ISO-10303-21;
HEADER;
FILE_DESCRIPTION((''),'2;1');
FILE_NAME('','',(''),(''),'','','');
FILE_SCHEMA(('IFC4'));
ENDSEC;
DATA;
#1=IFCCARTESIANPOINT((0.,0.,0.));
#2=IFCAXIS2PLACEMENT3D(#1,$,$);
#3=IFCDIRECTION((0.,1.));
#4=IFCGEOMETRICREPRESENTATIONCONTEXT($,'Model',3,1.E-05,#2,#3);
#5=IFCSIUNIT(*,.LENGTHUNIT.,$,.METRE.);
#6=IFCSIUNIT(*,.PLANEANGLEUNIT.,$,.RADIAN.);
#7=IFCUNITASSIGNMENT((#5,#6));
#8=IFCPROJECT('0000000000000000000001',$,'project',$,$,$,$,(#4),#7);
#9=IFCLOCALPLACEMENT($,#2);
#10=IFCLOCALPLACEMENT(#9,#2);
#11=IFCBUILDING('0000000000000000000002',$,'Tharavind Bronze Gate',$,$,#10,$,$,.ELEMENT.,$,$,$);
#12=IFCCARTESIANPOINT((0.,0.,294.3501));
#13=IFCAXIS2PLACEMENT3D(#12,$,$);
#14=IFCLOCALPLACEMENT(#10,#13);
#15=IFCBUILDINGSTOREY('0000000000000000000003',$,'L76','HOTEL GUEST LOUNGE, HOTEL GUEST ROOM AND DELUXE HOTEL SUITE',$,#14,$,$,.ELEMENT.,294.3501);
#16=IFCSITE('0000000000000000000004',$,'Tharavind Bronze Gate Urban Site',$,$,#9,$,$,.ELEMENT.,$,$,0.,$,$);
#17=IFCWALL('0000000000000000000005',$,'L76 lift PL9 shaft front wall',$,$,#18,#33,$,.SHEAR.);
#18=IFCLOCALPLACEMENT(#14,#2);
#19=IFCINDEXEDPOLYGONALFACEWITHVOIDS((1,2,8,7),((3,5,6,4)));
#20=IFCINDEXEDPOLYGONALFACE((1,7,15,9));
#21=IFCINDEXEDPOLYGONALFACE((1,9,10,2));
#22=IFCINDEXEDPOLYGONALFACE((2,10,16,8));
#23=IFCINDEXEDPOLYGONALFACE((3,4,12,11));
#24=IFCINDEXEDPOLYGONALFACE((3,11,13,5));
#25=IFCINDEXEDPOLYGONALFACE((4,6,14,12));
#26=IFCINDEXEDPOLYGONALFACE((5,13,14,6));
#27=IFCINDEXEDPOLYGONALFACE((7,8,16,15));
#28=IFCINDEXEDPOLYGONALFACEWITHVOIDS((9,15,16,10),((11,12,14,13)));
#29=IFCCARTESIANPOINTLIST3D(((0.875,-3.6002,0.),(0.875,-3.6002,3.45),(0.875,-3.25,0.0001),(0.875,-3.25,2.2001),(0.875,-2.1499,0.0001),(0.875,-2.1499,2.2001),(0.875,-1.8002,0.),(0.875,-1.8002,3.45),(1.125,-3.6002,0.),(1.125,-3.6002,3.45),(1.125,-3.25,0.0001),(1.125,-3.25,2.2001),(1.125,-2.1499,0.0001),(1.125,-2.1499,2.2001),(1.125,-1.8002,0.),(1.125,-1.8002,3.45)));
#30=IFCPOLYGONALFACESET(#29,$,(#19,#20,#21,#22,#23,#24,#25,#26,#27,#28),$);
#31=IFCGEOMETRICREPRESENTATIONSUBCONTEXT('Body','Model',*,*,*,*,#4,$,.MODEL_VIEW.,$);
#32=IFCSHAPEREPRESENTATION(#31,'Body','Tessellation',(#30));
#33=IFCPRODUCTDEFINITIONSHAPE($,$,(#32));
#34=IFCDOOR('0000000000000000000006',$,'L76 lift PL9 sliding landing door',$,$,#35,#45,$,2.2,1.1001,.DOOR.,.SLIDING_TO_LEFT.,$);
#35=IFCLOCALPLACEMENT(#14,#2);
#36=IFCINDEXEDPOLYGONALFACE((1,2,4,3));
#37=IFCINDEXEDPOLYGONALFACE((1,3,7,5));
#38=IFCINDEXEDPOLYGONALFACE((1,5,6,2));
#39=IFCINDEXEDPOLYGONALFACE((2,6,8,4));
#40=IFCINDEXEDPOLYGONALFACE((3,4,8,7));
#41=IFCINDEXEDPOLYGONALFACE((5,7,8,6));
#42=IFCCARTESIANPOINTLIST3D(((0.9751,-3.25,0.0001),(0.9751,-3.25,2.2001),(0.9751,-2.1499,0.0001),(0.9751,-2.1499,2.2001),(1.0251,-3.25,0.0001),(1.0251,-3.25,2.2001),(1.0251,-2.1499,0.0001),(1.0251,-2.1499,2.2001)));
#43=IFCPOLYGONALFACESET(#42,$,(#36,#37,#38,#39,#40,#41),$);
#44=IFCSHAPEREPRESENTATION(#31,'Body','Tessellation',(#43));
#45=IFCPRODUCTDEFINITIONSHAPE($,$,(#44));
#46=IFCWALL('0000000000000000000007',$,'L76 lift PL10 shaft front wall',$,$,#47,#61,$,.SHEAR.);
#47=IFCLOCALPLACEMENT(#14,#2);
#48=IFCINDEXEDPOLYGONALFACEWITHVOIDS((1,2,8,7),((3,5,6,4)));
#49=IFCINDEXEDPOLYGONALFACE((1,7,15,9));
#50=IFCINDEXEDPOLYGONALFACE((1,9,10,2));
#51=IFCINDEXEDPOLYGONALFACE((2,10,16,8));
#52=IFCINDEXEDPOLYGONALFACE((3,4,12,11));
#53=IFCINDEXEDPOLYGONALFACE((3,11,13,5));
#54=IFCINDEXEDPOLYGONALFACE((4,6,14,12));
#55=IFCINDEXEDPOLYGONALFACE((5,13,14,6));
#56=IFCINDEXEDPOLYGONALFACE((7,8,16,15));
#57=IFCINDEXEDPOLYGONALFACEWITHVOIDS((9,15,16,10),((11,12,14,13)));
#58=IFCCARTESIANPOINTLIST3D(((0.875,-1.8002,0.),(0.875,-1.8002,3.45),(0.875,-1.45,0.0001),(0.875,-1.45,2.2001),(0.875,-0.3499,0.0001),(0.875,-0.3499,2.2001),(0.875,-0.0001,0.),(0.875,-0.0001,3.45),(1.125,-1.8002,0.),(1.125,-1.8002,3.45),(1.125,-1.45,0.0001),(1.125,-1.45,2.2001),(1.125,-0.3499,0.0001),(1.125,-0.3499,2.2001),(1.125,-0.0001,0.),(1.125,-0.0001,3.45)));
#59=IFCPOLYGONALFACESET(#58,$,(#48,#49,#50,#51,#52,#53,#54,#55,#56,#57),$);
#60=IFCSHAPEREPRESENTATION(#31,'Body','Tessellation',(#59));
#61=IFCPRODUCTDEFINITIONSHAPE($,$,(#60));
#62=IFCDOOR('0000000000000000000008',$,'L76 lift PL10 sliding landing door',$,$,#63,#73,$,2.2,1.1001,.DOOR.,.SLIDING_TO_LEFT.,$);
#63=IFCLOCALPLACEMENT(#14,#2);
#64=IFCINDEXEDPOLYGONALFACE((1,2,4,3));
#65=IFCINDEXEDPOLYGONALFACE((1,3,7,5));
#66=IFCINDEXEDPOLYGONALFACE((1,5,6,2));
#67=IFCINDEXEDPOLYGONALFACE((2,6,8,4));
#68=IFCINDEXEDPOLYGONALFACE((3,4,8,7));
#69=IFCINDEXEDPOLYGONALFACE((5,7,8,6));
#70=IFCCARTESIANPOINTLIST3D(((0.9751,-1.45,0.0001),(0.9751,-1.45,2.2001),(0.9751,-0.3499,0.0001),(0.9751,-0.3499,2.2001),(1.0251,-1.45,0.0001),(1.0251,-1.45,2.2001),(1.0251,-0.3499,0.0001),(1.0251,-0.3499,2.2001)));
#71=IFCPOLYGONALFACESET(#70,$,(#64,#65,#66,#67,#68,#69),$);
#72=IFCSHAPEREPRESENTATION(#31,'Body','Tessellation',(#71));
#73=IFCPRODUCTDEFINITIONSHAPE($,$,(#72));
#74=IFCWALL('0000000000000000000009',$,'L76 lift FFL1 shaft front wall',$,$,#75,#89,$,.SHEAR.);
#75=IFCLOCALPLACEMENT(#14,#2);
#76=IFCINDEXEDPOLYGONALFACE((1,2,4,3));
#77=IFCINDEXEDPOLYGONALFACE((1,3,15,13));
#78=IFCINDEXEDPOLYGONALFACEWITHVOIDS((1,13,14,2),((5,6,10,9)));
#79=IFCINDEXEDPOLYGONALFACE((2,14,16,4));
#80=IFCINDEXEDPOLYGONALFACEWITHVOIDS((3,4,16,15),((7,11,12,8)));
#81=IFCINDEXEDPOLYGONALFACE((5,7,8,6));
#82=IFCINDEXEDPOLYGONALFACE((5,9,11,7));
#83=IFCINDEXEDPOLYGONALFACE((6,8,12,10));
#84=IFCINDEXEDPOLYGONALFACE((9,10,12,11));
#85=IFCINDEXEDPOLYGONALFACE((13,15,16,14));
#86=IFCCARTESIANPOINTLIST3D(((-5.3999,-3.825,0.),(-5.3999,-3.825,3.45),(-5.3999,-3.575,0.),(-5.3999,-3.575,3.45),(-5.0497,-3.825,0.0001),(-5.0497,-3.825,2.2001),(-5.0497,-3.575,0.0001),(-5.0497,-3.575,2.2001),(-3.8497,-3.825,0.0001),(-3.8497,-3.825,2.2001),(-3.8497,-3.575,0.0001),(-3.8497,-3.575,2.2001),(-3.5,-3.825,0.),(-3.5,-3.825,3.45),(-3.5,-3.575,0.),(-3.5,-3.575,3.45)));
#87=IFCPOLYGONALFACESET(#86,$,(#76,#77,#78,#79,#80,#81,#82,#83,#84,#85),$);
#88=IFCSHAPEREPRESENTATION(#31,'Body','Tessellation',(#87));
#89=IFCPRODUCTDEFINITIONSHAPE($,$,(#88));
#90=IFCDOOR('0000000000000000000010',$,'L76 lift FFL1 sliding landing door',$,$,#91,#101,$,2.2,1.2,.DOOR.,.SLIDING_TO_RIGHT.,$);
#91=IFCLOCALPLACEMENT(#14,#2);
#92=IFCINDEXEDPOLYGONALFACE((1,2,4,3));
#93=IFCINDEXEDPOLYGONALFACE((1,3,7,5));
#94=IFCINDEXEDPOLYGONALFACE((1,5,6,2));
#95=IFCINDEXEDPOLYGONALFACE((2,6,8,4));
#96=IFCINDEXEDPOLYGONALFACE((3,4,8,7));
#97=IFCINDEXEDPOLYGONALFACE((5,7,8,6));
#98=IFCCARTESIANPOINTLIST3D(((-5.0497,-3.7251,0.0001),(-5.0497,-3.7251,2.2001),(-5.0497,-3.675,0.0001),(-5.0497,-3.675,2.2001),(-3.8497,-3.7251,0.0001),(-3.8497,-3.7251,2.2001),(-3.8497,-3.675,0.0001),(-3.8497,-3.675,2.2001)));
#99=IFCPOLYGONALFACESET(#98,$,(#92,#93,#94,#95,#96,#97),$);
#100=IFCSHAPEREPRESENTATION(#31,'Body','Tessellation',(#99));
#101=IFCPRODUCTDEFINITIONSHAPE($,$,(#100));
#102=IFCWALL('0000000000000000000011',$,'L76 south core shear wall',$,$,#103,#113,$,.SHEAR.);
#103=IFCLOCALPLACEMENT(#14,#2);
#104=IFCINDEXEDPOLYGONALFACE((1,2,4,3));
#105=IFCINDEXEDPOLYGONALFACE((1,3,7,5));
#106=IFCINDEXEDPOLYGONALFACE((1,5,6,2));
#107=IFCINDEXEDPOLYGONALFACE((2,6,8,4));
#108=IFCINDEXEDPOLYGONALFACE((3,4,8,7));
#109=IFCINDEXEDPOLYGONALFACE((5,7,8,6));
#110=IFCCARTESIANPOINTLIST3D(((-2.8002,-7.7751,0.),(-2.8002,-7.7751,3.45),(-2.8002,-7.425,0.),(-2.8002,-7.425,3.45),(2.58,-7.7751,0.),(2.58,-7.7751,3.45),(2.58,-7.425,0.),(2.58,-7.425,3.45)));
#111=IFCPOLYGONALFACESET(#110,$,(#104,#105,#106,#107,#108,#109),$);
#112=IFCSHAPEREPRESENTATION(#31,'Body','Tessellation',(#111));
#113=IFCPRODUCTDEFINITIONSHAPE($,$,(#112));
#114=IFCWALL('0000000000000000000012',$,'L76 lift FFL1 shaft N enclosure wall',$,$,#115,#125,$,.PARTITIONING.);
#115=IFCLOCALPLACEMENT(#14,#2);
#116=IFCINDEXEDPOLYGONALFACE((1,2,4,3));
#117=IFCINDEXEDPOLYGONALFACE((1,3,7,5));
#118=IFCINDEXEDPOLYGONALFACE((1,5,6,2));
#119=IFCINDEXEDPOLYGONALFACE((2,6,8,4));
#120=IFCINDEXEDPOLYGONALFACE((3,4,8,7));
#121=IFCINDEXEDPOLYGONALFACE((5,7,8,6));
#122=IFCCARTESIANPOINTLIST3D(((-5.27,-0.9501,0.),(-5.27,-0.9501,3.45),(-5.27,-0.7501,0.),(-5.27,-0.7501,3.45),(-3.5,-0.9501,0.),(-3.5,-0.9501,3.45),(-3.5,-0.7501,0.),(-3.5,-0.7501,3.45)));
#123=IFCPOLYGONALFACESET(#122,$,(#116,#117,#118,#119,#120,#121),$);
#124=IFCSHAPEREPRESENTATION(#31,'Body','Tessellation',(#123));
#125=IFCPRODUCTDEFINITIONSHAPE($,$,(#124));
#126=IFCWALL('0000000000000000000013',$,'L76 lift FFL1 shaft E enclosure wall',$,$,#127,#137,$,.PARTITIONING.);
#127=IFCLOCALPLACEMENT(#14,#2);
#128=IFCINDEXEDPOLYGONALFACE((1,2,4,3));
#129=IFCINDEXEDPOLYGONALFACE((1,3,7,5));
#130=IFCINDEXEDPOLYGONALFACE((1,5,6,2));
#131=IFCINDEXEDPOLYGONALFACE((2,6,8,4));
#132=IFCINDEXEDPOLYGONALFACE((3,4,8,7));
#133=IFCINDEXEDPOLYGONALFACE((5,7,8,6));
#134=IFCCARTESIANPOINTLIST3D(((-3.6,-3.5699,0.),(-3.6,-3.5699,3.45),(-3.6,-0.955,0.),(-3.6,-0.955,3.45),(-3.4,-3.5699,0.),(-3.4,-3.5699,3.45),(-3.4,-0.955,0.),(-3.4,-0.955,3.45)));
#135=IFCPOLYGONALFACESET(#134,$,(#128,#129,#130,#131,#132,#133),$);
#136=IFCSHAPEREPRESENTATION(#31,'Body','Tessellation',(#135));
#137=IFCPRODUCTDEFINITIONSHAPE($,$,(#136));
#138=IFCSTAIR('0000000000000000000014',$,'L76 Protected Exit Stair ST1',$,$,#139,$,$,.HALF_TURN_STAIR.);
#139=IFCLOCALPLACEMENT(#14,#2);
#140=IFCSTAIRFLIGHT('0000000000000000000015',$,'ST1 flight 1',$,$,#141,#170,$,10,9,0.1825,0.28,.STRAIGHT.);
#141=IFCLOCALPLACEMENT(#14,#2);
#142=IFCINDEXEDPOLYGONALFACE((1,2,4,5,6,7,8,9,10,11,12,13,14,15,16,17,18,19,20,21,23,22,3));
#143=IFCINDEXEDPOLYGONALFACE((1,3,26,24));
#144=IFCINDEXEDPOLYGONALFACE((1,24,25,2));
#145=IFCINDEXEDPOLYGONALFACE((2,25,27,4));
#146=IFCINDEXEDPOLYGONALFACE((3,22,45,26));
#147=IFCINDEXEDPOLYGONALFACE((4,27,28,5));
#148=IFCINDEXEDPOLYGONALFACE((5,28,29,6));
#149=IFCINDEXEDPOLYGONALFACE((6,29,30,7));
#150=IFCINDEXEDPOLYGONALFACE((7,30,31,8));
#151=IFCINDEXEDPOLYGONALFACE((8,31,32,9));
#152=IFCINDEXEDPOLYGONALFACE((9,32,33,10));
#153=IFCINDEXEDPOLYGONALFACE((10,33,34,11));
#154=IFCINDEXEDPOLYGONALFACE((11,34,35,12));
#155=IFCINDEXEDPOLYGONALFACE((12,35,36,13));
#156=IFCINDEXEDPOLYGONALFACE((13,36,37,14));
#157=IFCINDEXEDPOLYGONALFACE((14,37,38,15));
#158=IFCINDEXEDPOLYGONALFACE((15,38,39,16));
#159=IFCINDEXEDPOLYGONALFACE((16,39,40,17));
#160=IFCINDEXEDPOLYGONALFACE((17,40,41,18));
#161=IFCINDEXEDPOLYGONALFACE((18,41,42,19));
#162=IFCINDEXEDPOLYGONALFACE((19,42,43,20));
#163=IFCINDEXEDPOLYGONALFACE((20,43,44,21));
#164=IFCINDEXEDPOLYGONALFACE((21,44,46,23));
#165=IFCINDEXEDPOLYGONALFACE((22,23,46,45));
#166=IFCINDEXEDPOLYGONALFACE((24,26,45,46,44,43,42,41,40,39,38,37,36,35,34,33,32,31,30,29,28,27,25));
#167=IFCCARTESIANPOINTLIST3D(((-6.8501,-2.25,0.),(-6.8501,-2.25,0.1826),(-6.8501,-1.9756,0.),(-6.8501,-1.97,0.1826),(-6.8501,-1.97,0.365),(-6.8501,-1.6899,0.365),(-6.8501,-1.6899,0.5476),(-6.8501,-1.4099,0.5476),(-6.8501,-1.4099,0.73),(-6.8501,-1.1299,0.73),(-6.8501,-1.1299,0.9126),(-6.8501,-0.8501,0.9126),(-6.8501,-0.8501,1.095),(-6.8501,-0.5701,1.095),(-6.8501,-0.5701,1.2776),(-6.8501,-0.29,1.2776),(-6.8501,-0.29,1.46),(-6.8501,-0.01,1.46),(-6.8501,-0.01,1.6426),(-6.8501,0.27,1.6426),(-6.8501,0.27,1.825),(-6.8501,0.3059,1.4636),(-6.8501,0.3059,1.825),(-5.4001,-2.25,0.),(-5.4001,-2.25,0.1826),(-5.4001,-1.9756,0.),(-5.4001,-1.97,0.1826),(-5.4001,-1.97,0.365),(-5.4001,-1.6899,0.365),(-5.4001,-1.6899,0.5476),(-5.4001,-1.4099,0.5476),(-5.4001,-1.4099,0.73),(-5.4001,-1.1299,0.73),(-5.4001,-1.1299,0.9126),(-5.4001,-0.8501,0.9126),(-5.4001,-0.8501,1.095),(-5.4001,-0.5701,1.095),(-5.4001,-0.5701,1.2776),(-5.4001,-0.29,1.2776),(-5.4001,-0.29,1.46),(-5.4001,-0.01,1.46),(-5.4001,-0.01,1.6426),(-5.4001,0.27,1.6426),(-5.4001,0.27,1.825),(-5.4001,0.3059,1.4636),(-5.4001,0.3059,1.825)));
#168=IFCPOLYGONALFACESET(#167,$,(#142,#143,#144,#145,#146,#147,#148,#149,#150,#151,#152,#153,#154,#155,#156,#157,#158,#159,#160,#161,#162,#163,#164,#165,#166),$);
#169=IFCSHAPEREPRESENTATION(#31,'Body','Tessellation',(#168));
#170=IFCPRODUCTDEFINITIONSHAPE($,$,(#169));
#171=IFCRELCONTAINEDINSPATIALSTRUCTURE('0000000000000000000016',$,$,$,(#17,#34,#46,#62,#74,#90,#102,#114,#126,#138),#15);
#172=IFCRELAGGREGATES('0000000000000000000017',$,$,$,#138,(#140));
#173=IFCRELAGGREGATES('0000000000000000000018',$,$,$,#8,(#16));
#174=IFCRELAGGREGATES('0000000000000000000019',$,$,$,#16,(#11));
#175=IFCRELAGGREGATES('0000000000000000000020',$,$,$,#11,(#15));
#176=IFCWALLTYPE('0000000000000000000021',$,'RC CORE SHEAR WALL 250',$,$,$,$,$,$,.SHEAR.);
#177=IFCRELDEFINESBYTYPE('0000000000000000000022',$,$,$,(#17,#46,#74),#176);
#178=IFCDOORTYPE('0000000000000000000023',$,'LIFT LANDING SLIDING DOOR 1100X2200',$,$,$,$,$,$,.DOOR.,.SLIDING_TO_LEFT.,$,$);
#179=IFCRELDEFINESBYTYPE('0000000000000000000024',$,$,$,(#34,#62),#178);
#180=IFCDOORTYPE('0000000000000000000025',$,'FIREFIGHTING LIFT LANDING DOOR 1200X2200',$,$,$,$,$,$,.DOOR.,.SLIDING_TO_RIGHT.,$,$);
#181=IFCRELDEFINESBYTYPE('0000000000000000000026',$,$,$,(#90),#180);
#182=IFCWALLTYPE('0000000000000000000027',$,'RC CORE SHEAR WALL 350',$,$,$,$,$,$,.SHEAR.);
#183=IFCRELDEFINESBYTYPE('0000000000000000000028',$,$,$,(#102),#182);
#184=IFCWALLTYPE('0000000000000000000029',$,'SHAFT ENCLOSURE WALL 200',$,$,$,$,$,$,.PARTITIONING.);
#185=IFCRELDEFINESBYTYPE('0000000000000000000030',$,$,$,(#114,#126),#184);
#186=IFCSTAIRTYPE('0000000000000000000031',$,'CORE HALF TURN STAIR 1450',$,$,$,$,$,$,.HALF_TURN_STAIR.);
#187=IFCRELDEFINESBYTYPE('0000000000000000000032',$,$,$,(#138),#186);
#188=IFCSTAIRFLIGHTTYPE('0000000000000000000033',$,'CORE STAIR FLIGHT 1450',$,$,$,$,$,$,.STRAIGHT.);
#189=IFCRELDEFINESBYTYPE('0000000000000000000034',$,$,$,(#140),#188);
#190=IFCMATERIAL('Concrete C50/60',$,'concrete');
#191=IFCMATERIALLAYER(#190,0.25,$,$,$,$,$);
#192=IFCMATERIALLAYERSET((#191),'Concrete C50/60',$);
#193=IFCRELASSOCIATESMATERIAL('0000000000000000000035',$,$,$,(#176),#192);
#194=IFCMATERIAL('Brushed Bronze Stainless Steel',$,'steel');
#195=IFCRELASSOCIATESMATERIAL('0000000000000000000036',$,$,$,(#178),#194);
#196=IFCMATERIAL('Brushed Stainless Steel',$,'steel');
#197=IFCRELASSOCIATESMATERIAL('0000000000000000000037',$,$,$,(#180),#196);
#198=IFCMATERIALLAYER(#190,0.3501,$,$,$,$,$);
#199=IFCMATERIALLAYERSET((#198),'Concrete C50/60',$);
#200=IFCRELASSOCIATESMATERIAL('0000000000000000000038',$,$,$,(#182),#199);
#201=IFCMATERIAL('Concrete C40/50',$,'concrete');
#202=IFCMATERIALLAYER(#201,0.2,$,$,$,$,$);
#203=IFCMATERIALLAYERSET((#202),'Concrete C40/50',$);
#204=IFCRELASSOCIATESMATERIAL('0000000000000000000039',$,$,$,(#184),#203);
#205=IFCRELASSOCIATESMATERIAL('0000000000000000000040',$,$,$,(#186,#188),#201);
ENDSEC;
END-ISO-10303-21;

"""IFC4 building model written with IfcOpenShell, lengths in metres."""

from ifc_helpers import new_model, si_unit, direction, frame, frame_2d, origin, place, context, subcontext, project, spatial, polyline, rectangle, outline, extrude, material, layer, layer_set, type_object, element, fill, aggregate, save


model = new_model("IFC4")

# Units and contexts
model_context = context("Model", 3, precision=1e-05, world=origin(), true_north=direction((0.0, 1.0)))
body_context = subcontext(model_context, "Body", "Model", "MODEL_VIEW")
ifc_project = project(units=[si_unit("LENGTHUNIT", "METRE"), si_unit("PLANEANGLEUNIT", "RADIAN")], contexts=[model_context])

# Site, building, storey
site_placement = place(None, origin())
site = spatial("IfcSite", under=ifc_project, at=site_placement, Name="Tharavind Bronze Gate Urban Site", CompositionType="ELEMENT", RefElevation=0.0)
building_placement = place(site_placement, origin())
building = spatial("IfcBuilding", under=site, at=building_placement, Name="Tharavind Bronze Gate", CompositionType="ELEMENT")
storey_placement = place(building_placement, frame((0.0, 0.0, 294.3501)))
storey = spatial("IfcBuildingStorey", under=building, at=storey_placement, Name="L76", Description="HOTEL GUEST LOUNGE, HOTEL GUEST ROOM AND DELUXE HOTEL SUITE", CompositionType="ELEMENT", Elevation=294.3501)

# Shared definitions
ifc_material_1 = material(Name="Concrete C50/60", Category="concrete")

# Shared definitions
ifc_layer_1 = layer(ifc_material_1, 0.25)
ifc_layer_set_1 = layer_set([ifc_layer_1], Name="Concrete C50/60")
wall_type_1 = type_object("IfcWallType", Name="RC CORE SHEAR WALL 250", PredefinedType="SHEAR", material=ifc_layer_set_1)

# Walls, openings, doors
wall_1_placement = place(storey_placement, frame((1.0, -3.6001, 0.0), z_axis=(0.0, 0.0, 1.0), x_axis=(0.0, 1.0, 0.0)))
wall_1 = element("IfcWall", 1, at=wall_1_placement, inside=storey, type_object=wall_type_1, Name="L76 lift PL9 shaft front wall", PredefinedType="SHEAR", context=body_context, shape_type="SweptSolid", body=[
    extrude(rectangle(XDim=1.8, YDim=0.25, at=frame_2d((0.8999, 0.0))), origin(), (0.0, 0.0, 1.0), 3.45),
])
opening_1_placement = place(wall_1_placement, frame((0.3501, 0.0, 0.0)))
opening_1 = element("IfcOpeningElement", 2, at=opening_1_placement, cuts=wall_1, PredefinedType="OPENING", context=body_context, shape_type="SweptSolid", body=[
    extrude(rectangle(XDim=1.1001, YDim=2.2, at=frame_2d((0.55, 1.1001))), frame((0.0, 0.135, 0.0), z_axis=(0.0, -1.0, 0.0), x_axis=(1.0, 0.0, 0.0)), (0.0, 0.0, 1.0), 0.27),
])
ifc_material_2 = material(Name="Brushed Bronze Stainless Steel", Category="steel")
door_type_1 = type_object("IfcDoorType", Name="LIFT LANDING SLIDING DOOR 1100X2200", OperationType="SLIDING_TO_LEFT", PredefinedType="DOOR", material=ifc_material_2)
door_1_placement = place(opening_1_placement, origin())
door_1 = element("IfcDoor", 3, at=door_1_placement, inside=storey, type_object=door_type_1, Name="L76 lift PL9 sliding landing door", OperationType="SLIDING_TO_LEFT", OverallHeight=2.2, OverallWidth=1.1001, PredefinedType="DOOR", context=body_context, shape_type="SweptSolid", body=[
    extrude(rectangle(XDim=1.1001, YDim=2.2, at=frame_2d((0.55, 1.1001))), frame((0.0, 0.0249, 0.0), z_axis=(0.0, -1.0, 0.0), x_axis=(1.0, 0.0, 0.0)), (0.0, 0.0, 1.0), 0.05),
])
fill(opening_1, door_1)
wall_2_placement = place(storey_placement, frame((1.0, -1.8, 0.0), z_axis=(0.0, 0.0, 1.0), x_axis=(0.0, 1.0, 0.0)))
wall_2 = element("IfcWall", 4, at=wall_2_placement, inside=storey, type_object=wall_type_1, Name="L76 lift PL10 shaft front wall", PredefinedType="SHEAR", context=body_context, shape_type="SweptSolid", body=[
    extrude(rectangle(XDim=1.8, YDim=0.25, at=frame_2d((0.8999, 0.0))), origin(), (0.0, 0.0, 1.0), 3.45),
])
opening_2_placement = place(wall_2_placement, frame((0.3501, 0.0, 0.0)))
opening_2 = element("IfcOpeningElement", 5, at=opening_2_placement, cuts=wall_2, PredefinedType="OPENING", context=body_context, shape_type="SweptSolid", body=[
    extrude(rectangle(XDim=1.1001, YDim=2.2, at=frame_2d((0.55, 1.1001))), frame((0.0, 0.135, 0.0), z_axis=(0.0, -1.0, 0.0), x_axis=(1.0, 0.0, 0.0)), (0.0, 0.0, 1.0), 0.27),
])
door_2_placement = place(opening_2_placement, origin())
door_2 = element("IfcDoor", 6, at=door_2_placement, inside=storey, type_object=door_type_1, Name="L76 lift PL10 sliding landing door", OperationType="SLIDING_TO_LEFT", OverallHeight=2.2, OverallWidth=1.1001, PredefinedType="DOOR", context=body_context, shape_type="SweptSolid", body=[
    extrude(rectangle(XDim=1.1001, YDim=2.2, at=frame_2d((0.55, 1.1001))), frame((0.0, 0.0249, 0.0), z_axis=(0.0, -1.0, 0.0), x_axis=(1.0, 0.0, 0.0)), (0.0, 0.0, 1.0), 0.05),
])
fill(opening_2, door_2)
wall_3_placement = place(storey_placement, frame((-5.3999, -3.7, 0.0), z_axis=(0.0, 0.0, 1.0), x_axis=(1.0, 0.0, 0.0)))
wall_3 = element("IfcWall", 7, at=wall_3_placement, inside=storey, type_object=wall_type_1, Name="L76 lift FFL1 shaft front wall", PredefinedType="SHEAR", context=body_context, shape_type="SweptSolid", body=[
    extrude(rectangle(XDim=1.8999, YDim=0.25, at=frame_2d((0.95, 0.0))), origin(), (0.0, 0.0, 1.0), 3.45),
])
opening_3_placement = place(wall_3_placement, frame((0.3501, 0.0, 0.0)))
opening_3 = element("IfcOpeningElement", 8, at=opening_3_placement, cuts=wall_3, PredefinedType="OPENING", context=body_context, shape_type="SweptSolid", body=[
    extrude(rectangle(XDim=1.2, YDim=2.2, at=frame_2d((0.6001, 1.1001))), frame((0.0, 0.135, 0.0), z_axis=(0.0, -1.0, 0.0), x_axis=(1.0, 0.0, 0.0)), (0.0, 0.0, 1.0), 0.27),
])
ifc_material_3 = material(Name="Brushed Stainless Steel", Category="steel")
door_type_2 = type_object("IfcDoorType", Name="FIREFIGHTING LIFT LANDING DOOR 1200X2200", OperationType="SLIDING_TO_RIGHT", PredefinedType="DOOR", material=ifc_material_3)
door_3_placement = place(opening_3_placement, origin())
door_3 = element("IfcDoor", 9, at=door_3_placement, inside=storey, type_object=door_type_2, Name="L76 lift FFL1 sliding landing door", OperationType="SLIDING_TO_RIGHT", OverallHeight=2.2, OverallWidth=1.2, PredefinedType="DOOR", context=body_context, shape_type="SweptSolid", body=[
    extrude(rectangle(XDim=1.2, YDim=2.2, at=frame_2d((0.6001, 1.1001))), frame((0.0, 0.0249, 0.0), z_axis=(0.0, -1.0, 0.0), x_axis=(1.0, 0.0, 0.0)), (0.0, 0.0, 1.0), 0.05),
])
fill(opening_3, door_3)

# Walls
ifc_layer_2 = layer(ifc_material_1, 0.3501)
ifc_layer_set_2 = layer_set([ifc_layer_2], Name="Concrete C50/60")
wall_type_2 = type_object("IfcWallType", Name="RC CORE SHEAR WALL 350", PredefinedType="SHEAR", material=ifc_layer_set_2)
wall_4_placement = place(storey_placement, frame((-2.8, -7.6001, 0.0), z_axis=(0.0, 0.0, 1.0), x_axis=(1.0, 0.0, 0.0)))
element("IfcWall", 10, at=wall_4_placement, inside=storey, type_object=wall_type_2, Name="L76 south core shear wall", PredefinedType="SHEAR", context=body_context, shape_type="SweptSolid", body=[
    extrude(rectangle(XDim=5.3801, YDim=0.3501, at=frame_2d((2.6899, 0.0))), origin(), (0.0, 0.0, 1.0), 3.45),
])
ifc_material_4 = material(Name="Concrete C40/50", Category="concrete")
ifc_layer_3 = layer(ifc_material_4, 0.2)
ifc_layer_set_3 = layer_set([ifc_layer_3], Name="Concrete C40/50")
wall_type_3 = type_object("IfcWallType", Name="SHAFT ENCLOSURE WALL 200", PredefinedType="PARTITIONING", material=ifc_layer_set_3)
wall_5_placement = place(storey_placement, frame((-5.27, -0.8501, 0.0), z_axis=(0.0, 0.0, 1.0), x_axis=(1.0, 0.0, 0.0)))
element("IfcWall", 11, at=wall_5_placement, inside=storey, type_object=wall_type_3, Name="L76 lift FFL1 shaft N enclosure wall", PredefinedType="PARTITIONING", context=body_context, shape_type="SweptSolid", body=[
    extrude(rectangle(XDim=1.77, YDim=0.2, at=frame_2d((0.885, 0.0))), origin(), (0.0, 0.0, 1.0), 3.45),
])
wall_6_placement = place(storey_placement, frame((-3.5, -3.5701, 0.0), z_axis=(0.0, 0.0, 1.0), x_axis=(0.0, 1.0, 0.0)))
element("IfcWall", 12, at=wall_6_placement, inside=storey, type_object=wall_type_3, Name="L76 lift FFL1 shaft E enclosure wall", PredefinedType="PARTITIONING", context=body_context, shape_type="SweptSolid", body=[
    extrude(rectangle(XDim=2.615, YDim=0.2, at=frame_2d((1.3076, 0.0))), origin(), (0.0, 0.0, 1.0), 3.45),
])

# Stair, stair flight
stair_type = type_object("IfcStairType", Name="CORE HALF TURN STAIR 1450", PredefinedType="HALF_TURN_STAIR", material=ifc_material_4)
stair_placement = place(storey_placement, origin())
stair = element("IfcStair", 13, at=stair_placement, inside=storey, type_object=stair_type, Name="L76 Protected Exit Stair ST1", PredefinedType="HALF_TURN_STAIR")
stair_flight_type = type_object("IfcStairFlightType", Name="CORE STAIR FLIGHT 1450", PredefinedType="STRAIGHT", material=ifc_material_4)
stair_flight_placement = place(storey_placement, frame((-6.125, -2.25, 0.0), z_axis=(0.0, 0.0, 1.0), x_axis=(0.0, 1.0, 0.0)))
stair_flight = element("IfcStairFlight", 14, at=stair_flight_placement, type_object=stair_flight_type, Name="ST1 flight 1", NumberOfRisers=10, NumberOfTreads=9, PredefinedType="STRAIGHT", RiserHeight=0.1825, TreadLength=0.28, context=body_context, shape_type="SweptSolid", body=[
    extrude(outline(polyline([(0.0, 0.0), (0.0, 0.1826), (0.28, 0.1826), (0.28, 0.365), (0.5601, 0.365), (0.5601, 0.5476), (0.8401, 0.5476), (0.8401, 0.73), (1.1201, 0.73), (1.1201, 0.9126), (1.3999, 0.9126), (1.3999, 1.095), (1.6799, 1.095), (1.6799, 1.2776), (1.96, 1.2776), (1.96, 1.46), (2.24, 1.46), (2.24, 1.6426), (2.52, 1.6426), (2.52, 1.825), (2.5559, 1.825), (2.5559, 1.4636), (0.2744, 0.0), (0.0, 0.0)])), frame((0.0, 0.7251, 0.0), z_axis=(0.0, -1.0, 0.0), x_axis=(1.0, 0.0, 0.0)), (0.0, 0.0, 1.0), 1.45),
])
aggregate(stair, [stair_flight])

save(model, "model.ifc")
